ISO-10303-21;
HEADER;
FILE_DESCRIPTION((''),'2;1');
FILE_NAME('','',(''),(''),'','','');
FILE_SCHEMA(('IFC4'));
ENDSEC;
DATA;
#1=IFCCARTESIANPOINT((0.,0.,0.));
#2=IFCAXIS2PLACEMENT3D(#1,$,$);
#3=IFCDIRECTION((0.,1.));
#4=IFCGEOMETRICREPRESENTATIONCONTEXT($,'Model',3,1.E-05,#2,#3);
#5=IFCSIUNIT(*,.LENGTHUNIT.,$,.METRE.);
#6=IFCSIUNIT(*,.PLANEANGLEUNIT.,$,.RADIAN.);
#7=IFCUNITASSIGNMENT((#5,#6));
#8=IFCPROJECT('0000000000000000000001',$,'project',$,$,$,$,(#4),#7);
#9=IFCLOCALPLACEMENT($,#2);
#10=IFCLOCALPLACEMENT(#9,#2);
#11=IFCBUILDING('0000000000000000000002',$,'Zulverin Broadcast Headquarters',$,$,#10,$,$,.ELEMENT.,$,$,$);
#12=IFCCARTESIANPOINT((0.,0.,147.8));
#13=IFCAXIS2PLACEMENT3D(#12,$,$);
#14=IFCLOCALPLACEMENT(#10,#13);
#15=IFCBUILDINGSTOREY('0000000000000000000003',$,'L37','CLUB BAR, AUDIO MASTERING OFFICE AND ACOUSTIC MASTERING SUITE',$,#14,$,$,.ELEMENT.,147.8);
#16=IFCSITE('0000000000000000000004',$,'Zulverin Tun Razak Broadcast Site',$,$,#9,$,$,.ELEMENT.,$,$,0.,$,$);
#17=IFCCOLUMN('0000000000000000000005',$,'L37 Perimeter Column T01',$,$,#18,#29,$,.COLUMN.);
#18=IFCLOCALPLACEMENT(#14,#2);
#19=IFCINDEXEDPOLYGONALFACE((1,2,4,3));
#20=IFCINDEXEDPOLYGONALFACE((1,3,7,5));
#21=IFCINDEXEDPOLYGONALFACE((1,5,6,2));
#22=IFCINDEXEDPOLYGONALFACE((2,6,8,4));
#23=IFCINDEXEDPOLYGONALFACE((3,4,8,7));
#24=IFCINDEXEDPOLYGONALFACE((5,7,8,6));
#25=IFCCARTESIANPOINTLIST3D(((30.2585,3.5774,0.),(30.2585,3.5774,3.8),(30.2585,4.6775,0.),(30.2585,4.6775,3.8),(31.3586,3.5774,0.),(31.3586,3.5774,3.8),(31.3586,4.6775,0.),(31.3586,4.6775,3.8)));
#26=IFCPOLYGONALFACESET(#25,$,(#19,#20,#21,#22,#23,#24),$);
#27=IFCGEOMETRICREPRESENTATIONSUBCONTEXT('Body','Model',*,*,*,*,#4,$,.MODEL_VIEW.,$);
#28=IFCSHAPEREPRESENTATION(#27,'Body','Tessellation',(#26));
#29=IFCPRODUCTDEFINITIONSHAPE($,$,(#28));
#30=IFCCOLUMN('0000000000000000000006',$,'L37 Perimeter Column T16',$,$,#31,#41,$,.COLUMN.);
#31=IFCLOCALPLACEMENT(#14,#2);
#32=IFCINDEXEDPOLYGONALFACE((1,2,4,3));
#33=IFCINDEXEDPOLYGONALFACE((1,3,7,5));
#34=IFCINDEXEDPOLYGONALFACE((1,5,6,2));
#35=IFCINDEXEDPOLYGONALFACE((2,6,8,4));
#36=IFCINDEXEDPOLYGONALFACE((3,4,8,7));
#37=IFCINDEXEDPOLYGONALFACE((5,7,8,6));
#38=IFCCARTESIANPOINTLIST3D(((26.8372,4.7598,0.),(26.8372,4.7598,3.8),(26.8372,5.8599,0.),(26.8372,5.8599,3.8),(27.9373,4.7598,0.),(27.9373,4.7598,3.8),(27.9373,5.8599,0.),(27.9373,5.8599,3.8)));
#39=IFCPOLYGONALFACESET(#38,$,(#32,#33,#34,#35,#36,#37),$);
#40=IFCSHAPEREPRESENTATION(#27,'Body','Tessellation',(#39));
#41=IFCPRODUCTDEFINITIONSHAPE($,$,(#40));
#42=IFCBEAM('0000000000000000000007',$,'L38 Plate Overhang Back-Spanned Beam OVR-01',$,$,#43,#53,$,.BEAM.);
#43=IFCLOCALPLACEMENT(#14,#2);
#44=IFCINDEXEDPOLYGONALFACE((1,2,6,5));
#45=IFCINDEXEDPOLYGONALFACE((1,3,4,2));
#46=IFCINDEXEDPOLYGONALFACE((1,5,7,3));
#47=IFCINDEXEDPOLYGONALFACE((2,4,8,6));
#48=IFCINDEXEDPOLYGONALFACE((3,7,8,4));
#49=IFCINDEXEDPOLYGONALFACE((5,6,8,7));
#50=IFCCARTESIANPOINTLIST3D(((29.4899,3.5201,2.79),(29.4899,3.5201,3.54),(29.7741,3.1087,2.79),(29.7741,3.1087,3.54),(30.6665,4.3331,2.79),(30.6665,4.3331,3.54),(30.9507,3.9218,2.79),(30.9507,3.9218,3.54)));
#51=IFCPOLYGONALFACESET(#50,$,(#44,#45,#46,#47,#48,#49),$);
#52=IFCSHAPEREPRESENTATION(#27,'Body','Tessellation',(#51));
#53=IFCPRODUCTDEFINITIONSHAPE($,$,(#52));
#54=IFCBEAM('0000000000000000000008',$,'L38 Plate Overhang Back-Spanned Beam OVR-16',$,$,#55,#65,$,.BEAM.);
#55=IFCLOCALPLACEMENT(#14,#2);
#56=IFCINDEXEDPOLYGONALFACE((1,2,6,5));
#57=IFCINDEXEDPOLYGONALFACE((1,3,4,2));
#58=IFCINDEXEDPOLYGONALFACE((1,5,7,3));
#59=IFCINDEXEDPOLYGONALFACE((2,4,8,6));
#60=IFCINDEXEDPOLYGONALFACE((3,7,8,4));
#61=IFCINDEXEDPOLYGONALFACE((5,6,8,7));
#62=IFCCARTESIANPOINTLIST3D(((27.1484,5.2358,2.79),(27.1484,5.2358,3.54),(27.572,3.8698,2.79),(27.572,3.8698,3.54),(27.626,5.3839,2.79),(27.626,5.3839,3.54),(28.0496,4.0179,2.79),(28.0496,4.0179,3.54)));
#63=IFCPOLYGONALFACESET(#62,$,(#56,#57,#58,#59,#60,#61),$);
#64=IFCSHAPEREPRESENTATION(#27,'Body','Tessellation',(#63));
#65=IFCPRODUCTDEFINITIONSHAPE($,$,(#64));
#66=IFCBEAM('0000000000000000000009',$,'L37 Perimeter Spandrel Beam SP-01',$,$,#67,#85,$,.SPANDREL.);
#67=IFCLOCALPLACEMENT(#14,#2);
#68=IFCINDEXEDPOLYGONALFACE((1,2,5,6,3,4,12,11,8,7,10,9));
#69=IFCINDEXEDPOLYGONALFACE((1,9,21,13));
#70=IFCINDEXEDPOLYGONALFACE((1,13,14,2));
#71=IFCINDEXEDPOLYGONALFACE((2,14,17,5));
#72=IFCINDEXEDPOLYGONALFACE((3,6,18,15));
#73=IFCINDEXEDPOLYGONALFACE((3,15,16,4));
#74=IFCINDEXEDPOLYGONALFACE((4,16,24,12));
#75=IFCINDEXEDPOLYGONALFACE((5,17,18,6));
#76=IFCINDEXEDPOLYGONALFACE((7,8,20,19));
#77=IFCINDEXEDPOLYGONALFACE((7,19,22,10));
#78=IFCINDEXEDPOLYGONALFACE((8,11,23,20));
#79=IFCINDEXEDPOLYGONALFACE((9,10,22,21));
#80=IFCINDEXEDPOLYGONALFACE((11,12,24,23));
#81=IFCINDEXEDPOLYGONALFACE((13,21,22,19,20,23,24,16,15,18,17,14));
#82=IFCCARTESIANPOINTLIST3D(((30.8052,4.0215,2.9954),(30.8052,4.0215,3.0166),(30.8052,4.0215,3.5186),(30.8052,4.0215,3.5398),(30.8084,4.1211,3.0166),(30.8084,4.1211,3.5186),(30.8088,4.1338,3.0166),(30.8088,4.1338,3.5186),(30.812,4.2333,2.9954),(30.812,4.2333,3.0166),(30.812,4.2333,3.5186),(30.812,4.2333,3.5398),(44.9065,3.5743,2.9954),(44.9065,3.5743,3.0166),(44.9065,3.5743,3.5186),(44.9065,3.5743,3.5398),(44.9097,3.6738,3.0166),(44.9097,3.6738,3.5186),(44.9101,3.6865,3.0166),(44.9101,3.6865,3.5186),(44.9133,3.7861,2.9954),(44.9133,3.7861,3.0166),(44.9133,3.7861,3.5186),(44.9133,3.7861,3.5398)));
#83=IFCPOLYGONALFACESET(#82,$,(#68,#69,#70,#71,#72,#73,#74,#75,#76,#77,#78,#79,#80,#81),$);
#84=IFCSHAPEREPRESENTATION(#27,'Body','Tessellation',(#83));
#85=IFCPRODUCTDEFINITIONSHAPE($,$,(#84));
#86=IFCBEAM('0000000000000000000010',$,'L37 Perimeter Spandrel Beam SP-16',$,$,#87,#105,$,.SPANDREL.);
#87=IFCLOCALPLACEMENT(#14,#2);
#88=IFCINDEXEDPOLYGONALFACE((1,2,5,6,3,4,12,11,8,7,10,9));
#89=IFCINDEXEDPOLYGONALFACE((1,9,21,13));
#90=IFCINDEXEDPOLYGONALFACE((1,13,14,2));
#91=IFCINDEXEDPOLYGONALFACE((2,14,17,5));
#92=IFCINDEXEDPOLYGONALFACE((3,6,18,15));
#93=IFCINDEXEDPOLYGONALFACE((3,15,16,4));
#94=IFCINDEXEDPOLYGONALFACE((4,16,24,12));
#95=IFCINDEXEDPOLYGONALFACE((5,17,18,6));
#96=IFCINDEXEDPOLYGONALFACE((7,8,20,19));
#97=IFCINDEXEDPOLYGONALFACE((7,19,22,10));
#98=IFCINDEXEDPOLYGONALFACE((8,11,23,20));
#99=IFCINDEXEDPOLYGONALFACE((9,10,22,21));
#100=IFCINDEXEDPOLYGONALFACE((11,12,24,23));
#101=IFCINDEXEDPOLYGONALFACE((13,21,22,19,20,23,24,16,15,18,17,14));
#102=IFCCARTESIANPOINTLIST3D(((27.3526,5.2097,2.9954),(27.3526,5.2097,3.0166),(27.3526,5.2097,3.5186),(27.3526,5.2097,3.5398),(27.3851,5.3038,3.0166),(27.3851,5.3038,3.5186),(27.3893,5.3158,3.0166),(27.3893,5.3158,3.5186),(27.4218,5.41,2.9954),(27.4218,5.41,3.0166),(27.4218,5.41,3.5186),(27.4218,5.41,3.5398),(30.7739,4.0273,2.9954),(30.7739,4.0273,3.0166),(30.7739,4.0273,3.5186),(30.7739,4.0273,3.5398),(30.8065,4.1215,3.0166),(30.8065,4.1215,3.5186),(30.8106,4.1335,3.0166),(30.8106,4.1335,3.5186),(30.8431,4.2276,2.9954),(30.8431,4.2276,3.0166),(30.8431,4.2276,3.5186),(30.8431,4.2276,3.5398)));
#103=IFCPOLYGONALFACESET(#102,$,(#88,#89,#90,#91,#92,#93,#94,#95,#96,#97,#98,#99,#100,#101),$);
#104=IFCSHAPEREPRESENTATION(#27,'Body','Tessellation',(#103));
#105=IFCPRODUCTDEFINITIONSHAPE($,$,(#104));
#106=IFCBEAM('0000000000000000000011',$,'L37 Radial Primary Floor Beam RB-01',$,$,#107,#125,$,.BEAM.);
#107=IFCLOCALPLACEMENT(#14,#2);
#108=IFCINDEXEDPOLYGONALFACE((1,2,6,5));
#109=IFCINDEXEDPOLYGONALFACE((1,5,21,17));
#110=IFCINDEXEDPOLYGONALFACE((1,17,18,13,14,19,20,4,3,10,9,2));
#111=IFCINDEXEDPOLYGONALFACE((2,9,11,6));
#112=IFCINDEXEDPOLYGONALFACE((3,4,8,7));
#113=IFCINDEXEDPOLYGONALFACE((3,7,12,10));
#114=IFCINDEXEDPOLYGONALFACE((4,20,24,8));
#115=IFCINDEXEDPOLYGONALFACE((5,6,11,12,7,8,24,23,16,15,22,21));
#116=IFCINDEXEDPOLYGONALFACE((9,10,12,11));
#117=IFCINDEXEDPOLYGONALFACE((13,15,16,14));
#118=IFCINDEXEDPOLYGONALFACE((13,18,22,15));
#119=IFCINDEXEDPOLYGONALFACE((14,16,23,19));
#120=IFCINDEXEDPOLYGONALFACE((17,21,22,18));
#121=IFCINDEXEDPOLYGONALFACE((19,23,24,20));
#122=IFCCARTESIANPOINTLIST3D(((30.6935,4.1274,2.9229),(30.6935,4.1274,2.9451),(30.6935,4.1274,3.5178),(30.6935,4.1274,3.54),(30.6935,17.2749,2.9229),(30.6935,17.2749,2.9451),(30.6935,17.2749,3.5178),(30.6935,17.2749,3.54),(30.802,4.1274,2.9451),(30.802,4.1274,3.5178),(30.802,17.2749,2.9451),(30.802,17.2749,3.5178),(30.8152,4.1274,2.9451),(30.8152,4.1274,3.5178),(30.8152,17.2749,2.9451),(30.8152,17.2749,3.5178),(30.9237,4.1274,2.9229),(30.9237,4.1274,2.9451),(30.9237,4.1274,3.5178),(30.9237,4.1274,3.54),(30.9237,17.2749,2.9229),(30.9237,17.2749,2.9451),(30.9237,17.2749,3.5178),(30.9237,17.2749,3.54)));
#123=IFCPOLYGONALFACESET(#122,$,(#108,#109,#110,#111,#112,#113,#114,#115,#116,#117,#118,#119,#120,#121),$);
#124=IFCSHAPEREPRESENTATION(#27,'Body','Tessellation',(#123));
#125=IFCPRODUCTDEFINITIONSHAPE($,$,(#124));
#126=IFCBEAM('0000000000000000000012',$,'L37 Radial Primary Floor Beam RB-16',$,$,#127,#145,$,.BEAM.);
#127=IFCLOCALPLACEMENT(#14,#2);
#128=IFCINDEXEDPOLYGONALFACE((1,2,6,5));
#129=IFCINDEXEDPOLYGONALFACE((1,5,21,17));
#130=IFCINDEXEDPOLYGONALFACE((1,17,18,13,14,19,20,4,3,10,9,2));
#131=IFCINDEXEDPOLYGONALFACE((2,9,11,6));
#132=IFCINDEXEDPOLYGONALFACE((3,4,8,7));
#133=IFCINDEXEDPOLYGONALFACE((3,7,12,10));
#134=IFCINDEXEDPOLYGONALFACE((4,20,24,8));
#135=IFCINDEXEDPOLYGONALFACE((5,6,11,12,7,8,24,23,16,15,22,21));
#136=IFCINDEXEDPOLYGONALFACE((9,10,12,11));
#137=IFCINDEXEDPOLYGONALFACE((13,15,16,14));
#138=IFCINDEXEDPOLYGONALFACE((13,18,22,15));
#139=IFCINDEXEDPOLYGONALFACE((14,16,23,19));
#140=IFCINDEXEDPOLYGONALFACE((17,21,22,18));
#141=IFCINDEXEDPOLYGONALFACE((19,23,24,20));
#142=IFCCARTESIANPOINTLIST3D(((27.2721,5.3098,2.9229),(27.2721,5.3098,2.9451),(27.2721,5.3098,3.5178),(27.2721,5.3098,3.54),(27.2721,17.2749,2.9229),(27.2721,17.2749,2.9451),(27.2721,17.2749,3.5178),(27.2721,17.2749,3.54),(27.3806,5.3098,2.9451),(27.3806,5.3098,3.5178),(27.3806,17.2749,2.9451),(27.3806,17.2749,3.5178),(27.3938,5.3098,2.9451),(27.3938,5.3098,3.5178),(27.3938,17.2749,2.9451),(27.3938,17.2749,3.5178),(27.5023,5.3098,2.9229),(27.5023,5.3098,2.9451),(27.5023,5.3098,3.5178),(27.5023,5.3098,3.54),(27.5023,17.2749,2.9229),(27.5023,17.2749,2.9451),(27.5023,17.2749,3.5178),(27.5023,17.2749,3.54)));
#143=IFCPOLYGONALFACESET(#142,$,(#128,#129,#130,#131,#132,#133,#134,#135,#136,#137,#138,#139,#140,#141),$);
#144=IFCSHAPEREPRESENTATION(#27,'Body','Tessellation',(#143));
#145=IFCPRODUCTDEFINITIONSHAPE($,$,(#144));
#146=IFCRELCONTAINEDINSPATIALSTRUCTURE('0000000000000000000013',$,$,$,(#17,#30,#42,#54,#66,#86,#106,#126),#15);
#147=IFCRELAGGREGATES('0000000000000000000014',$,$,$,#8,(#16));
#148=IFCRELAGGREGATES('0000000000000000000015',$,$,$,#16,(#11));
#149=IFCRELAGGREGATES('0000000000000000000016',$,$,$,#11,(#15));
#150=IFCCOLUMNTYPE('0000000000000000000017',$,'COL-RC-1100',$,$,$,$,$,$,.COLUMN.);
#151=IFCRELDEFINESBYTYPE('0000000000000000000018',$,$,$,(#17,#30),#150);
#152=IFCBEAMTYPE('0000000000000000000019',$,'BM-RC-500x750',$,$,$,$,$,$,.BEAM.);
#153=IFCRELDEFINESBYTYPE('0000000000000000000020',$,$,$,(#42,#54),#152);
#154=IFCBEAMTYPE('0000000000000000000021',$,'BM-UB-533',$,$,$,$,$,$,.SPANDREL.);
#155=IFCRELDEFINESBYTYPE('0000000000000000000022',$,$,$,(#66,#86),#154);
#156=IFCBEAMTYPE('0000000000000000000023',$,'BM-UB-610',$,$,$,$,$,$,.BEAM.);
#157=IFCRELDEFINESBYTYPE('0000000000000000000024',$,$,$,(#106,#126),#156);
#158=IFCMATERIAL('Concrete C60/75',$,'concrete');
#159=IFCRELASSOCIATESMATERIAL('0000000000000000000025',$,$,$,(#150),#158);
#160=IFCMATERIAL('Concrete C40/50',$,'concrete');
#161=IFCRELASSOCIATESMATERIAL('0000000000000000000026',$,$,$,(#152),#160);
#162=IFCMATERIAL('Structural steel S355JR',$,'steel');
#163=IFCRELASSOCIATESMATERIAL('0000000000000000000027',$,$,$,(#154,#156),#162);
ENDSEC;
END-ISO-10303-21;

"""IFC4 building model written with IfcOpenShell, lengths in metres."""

from ifc_helpers import new_model, si_unit, direction, frame, origin, origin_2d, place, context, subcontext, project, spatial, rectangle, i_section, extrude, material, material_profile, profile_set, type_object, element, save


model = new_model("IFC4")

# Units and contexts
model_context = context("Model", 3, precision=1e-05, world=origin(), true_north=direction((0.0, 1.0)))
body_context = subcontext(model_context, "Body", "Model", "MODEL_VIEW")
ifc_project = project(units=[si_unit("LENGTHUNIT", "METRE"), si_unit("PLANEANGLEUNIT", "RADIAN")], contexts=[model_context])

# Site, building, storey
site_placement = place(None, origin())
site = spatial("IfcSite", under=ifc_project, at=site_placement, Name="Zulverin Tun Razak Broadcast Site", CompositionType="ELEMENT", RefElevation=0.0)
building_placement = place(site_placement, origin())
building = spatial("IfcBuilding", under=site, at=building_placement, Name="Zulverin Broadcast Headquarters", CompositionType="ELEMENT")
storey_placement = place(building_placement, frame((0.0, 0.0, 147.8)))
storey = spatial("IfcBuildingStorey", under=building, at=storey_placement, Name="L37", Description="CLUB BAR, AUDIO MASTERING OFFICE AND ACOUSTIC MASTERING SUITE", CompositionType="ELEMENT", Elevation=147.8)

# Columns
ifc_material_1 = material(Name="Concrete C60/75", Category="concrete")
ifc_material_profile_1 = material_profile(ifc_material_1, rectangle(XDim=1.1001, YDim=1.1001, at=origin_2d()), Name="Concrete C60/75", Category="concrete")
ifc_profile_set_1 = profile_set([ifc_material_profile_1], Name="Concrete C60/75")
column_type = type_object("IfcColumnType", Name="COL-RC-1100", PredefinedType="COLUMN", material=ifc_profile_set_1)
for number, where, z_axis, x_axis, name in (
    (1, (30.8086, 4.1274, 0.0), (0.0, 0.0, 1.0), (1.0, 0.0, 0.0), "L37 Perimeter Column T01"),
    (2, (27.3872, 5.3098, 0.0), (0.0, 0.0, 1.0), (1.0, 0.0, 0.0), "L37 Perimeter Column T16"),
):
    element("IfcColumn", number, at=place(storey_placement, frame(where, z_axis=z_axis, x_axis=x_axis)), inside=storey, type_object=column_type, Name=name, PredefinedType="COLUMN", context=body_context, shape_type="SweptSolid", body=[
        extrude(rectangle(XDim=1.1001, YDim=1.1001, at=origin_2d()), origin(), (0.0, 0.0, 1.0), 3.8),
    ])

# Beams
ifc_material_2 = material(Name="Concrete C40/50", Category="concrete")
ifc_material_profile_2 = material_profile(ifc_material_2, rectangle(XDim=0.5, YDim=0.75, at=origin_2d()), Name="Concrete C40/50", Category="concrete")
ifc_profile_set_2 = profile_set([ifc_material_profile_2], Name="Concrete C40/50")
beam_type_1 = type_object("IfcBeamType", Name="BM-RC-500x750", PredefinedType="BEAM", material=ifc_profile_set_2)
for number, where, z_axis, x_axis, name in (
    (3, (30.8086, 4.1274, 3.165), (-0.82269, -0.568491, 0.0), (0.568491, -0.82269, 0.0), "L38 Plate Overhang Back-Spanned Beam OVR-01"),
    (4, (27.3872, 5.3098, 3.165), (0.296184, -0.955131, 0.0), (0.955131, 0.296184, 0.0), "L38 Plate Overhang Back-Spanned Beam OVR-16"),
):
    element("IfcBeam", number, at=place(storey_placement, frame(where, z_axis=z_axis, x_axis=x_axis)), inside=storey, type_object=beam_type_1, Name=name, PredefinedType="BEAM", context=body_context, shape_type="SweptSolid", body=[
        extrude(rectangle(XDim=0.5, YDim=0.75, at=origin_2d()), origin(), (0.0, 0.0, 1.0), 1.4302),
    ])
ifc_material_3 = material(Name="Structural steel S355JR", Category="steel")
ifc_material_profile_3 = material_profile(ifc_material_3, i_section(OverallWidth=0.2119, OverallDepth=0.5444, WebThickness=0.0127, FlangeThickness=0.0212, at=origin_2d()), Name="Structural steel S355JR", Category="steel")
ifc_profile_set_3 = profile_set([ifc_material_profile_3], Name="Structural steel S355JR")
beam_type_2 = type_object("IfcBeamType", Name="BM-UB-533", PredefinedType="SPANDREL", material=ifc_profile_set_3)
beam_1_placement = place(storey_placement, frame((30.8086, 4.1274, 3.2676), z_axis=(0.999497, -0.031702, 0.0), x_axis=(0.031702, 0.999497, 0.0)))
element("IfcBeam", 5, at=beam_1_placement, inside=storey, type_object=beam_type_2, Name="L37 Perimeter Spandrel Beam SP-01", PredefinedType="SPANDREL", context=body_context, shape_type="SweptSolid", body=[
    extrude(i_section(OverallWidth=0.2119, OverallDepth=0.5444, WebThickness=0.0127, FlangeThickness=0.0212, at=origin_2d()), origin(), (0.0, 0.0, 1.0), 14.1084),
])
beam_2_placement = place(storey_placement, frame((27.3872, 5.3098, 3.2676), z_axis=(0.945153, -0.326629, 0.0), x_axis=(0.326629, 0.945153, 0.0)))
element("IfcBeam", 6, at=beam_2_placement, inside=storey, type_object=beam_type_2, Name="L37 Perimeter Spandrel Beam SP-16", PredefinedType="SPANDREL", context=body_context, shape_type="SweptSolid", body=[
    extrude(i_section(OverallWidth=0.2119, OverallDepth=0.5444, WebThickness=0.0127, FlangeThickness=0.0212, at=origin_2d()), origin(), (0.0, 0.0, 1.0), 3.6199),
])
ifc_material_profile_4 = material_profile(ifc_material_3, i_section(OverallWidth=0.2302, OverallDepth=0.6172, WebThickness=0.0132, FlangeThickness=0.0222, at=origin_2d()), Name="Structural steel S355JR", Category="steel")
ifc_profile_set_4 = profile_set([ifc_material_profile_4], Name="Structural steel S355JR")
beam_type_3 = type_object("IfcBeamType", Name="BM-UB-610", PredefinedType="BEAM", material=ifc_profile_set_4)
beam_3_placement = place(storey_placement, frame((30.8086, 17.2749, 3.2314), z_axis=(0.0, -1.0, 0.0), x_axis=(1.0, 0.0, 0.0)))
element("IfcBeam", 7, at=beam_3_placement, inside=storey, type_object=beam_type_3, Name="L37 Radial Primary Floor Beam RB-01", PredefinedType="BEAM", context=body_context, shape_type="SweptSolid", body=[
    extrude(i_section(OverallWidth=0.2302, OverallDepth=0.6172, WebThickness=0.0132, FlangeThickness=0.0222, at=origin_2d()), origin(), (0.0, 0.0, 1.0), 13.1475),
])
beam_4_placement = place(storey_placement, frame((27.3872, 17.2749, 3.2314), z_axis=(0.0, -1.0, 0.0), x_axis=(1.0, 0.0, 0.0)))
element("IfcBeam", 8, at=beam_4_placement, inside=storey, type_object=beam_type_3, Name="L37 Radial Primary Floor Beam RB-16", PredefinedType="BEAM", context=body_context, shape_type="SweptSolid", body=[
    extrude(i_section(OverallWidth=0.2302, OverallDepth=0.6172, WebThickness=0.0132, FlangeThickness=0.0222, at=origin_2d()), origin(), (0.0, 0.0, 1.0), 11.9651),
])

save(model, "model.ifc")
